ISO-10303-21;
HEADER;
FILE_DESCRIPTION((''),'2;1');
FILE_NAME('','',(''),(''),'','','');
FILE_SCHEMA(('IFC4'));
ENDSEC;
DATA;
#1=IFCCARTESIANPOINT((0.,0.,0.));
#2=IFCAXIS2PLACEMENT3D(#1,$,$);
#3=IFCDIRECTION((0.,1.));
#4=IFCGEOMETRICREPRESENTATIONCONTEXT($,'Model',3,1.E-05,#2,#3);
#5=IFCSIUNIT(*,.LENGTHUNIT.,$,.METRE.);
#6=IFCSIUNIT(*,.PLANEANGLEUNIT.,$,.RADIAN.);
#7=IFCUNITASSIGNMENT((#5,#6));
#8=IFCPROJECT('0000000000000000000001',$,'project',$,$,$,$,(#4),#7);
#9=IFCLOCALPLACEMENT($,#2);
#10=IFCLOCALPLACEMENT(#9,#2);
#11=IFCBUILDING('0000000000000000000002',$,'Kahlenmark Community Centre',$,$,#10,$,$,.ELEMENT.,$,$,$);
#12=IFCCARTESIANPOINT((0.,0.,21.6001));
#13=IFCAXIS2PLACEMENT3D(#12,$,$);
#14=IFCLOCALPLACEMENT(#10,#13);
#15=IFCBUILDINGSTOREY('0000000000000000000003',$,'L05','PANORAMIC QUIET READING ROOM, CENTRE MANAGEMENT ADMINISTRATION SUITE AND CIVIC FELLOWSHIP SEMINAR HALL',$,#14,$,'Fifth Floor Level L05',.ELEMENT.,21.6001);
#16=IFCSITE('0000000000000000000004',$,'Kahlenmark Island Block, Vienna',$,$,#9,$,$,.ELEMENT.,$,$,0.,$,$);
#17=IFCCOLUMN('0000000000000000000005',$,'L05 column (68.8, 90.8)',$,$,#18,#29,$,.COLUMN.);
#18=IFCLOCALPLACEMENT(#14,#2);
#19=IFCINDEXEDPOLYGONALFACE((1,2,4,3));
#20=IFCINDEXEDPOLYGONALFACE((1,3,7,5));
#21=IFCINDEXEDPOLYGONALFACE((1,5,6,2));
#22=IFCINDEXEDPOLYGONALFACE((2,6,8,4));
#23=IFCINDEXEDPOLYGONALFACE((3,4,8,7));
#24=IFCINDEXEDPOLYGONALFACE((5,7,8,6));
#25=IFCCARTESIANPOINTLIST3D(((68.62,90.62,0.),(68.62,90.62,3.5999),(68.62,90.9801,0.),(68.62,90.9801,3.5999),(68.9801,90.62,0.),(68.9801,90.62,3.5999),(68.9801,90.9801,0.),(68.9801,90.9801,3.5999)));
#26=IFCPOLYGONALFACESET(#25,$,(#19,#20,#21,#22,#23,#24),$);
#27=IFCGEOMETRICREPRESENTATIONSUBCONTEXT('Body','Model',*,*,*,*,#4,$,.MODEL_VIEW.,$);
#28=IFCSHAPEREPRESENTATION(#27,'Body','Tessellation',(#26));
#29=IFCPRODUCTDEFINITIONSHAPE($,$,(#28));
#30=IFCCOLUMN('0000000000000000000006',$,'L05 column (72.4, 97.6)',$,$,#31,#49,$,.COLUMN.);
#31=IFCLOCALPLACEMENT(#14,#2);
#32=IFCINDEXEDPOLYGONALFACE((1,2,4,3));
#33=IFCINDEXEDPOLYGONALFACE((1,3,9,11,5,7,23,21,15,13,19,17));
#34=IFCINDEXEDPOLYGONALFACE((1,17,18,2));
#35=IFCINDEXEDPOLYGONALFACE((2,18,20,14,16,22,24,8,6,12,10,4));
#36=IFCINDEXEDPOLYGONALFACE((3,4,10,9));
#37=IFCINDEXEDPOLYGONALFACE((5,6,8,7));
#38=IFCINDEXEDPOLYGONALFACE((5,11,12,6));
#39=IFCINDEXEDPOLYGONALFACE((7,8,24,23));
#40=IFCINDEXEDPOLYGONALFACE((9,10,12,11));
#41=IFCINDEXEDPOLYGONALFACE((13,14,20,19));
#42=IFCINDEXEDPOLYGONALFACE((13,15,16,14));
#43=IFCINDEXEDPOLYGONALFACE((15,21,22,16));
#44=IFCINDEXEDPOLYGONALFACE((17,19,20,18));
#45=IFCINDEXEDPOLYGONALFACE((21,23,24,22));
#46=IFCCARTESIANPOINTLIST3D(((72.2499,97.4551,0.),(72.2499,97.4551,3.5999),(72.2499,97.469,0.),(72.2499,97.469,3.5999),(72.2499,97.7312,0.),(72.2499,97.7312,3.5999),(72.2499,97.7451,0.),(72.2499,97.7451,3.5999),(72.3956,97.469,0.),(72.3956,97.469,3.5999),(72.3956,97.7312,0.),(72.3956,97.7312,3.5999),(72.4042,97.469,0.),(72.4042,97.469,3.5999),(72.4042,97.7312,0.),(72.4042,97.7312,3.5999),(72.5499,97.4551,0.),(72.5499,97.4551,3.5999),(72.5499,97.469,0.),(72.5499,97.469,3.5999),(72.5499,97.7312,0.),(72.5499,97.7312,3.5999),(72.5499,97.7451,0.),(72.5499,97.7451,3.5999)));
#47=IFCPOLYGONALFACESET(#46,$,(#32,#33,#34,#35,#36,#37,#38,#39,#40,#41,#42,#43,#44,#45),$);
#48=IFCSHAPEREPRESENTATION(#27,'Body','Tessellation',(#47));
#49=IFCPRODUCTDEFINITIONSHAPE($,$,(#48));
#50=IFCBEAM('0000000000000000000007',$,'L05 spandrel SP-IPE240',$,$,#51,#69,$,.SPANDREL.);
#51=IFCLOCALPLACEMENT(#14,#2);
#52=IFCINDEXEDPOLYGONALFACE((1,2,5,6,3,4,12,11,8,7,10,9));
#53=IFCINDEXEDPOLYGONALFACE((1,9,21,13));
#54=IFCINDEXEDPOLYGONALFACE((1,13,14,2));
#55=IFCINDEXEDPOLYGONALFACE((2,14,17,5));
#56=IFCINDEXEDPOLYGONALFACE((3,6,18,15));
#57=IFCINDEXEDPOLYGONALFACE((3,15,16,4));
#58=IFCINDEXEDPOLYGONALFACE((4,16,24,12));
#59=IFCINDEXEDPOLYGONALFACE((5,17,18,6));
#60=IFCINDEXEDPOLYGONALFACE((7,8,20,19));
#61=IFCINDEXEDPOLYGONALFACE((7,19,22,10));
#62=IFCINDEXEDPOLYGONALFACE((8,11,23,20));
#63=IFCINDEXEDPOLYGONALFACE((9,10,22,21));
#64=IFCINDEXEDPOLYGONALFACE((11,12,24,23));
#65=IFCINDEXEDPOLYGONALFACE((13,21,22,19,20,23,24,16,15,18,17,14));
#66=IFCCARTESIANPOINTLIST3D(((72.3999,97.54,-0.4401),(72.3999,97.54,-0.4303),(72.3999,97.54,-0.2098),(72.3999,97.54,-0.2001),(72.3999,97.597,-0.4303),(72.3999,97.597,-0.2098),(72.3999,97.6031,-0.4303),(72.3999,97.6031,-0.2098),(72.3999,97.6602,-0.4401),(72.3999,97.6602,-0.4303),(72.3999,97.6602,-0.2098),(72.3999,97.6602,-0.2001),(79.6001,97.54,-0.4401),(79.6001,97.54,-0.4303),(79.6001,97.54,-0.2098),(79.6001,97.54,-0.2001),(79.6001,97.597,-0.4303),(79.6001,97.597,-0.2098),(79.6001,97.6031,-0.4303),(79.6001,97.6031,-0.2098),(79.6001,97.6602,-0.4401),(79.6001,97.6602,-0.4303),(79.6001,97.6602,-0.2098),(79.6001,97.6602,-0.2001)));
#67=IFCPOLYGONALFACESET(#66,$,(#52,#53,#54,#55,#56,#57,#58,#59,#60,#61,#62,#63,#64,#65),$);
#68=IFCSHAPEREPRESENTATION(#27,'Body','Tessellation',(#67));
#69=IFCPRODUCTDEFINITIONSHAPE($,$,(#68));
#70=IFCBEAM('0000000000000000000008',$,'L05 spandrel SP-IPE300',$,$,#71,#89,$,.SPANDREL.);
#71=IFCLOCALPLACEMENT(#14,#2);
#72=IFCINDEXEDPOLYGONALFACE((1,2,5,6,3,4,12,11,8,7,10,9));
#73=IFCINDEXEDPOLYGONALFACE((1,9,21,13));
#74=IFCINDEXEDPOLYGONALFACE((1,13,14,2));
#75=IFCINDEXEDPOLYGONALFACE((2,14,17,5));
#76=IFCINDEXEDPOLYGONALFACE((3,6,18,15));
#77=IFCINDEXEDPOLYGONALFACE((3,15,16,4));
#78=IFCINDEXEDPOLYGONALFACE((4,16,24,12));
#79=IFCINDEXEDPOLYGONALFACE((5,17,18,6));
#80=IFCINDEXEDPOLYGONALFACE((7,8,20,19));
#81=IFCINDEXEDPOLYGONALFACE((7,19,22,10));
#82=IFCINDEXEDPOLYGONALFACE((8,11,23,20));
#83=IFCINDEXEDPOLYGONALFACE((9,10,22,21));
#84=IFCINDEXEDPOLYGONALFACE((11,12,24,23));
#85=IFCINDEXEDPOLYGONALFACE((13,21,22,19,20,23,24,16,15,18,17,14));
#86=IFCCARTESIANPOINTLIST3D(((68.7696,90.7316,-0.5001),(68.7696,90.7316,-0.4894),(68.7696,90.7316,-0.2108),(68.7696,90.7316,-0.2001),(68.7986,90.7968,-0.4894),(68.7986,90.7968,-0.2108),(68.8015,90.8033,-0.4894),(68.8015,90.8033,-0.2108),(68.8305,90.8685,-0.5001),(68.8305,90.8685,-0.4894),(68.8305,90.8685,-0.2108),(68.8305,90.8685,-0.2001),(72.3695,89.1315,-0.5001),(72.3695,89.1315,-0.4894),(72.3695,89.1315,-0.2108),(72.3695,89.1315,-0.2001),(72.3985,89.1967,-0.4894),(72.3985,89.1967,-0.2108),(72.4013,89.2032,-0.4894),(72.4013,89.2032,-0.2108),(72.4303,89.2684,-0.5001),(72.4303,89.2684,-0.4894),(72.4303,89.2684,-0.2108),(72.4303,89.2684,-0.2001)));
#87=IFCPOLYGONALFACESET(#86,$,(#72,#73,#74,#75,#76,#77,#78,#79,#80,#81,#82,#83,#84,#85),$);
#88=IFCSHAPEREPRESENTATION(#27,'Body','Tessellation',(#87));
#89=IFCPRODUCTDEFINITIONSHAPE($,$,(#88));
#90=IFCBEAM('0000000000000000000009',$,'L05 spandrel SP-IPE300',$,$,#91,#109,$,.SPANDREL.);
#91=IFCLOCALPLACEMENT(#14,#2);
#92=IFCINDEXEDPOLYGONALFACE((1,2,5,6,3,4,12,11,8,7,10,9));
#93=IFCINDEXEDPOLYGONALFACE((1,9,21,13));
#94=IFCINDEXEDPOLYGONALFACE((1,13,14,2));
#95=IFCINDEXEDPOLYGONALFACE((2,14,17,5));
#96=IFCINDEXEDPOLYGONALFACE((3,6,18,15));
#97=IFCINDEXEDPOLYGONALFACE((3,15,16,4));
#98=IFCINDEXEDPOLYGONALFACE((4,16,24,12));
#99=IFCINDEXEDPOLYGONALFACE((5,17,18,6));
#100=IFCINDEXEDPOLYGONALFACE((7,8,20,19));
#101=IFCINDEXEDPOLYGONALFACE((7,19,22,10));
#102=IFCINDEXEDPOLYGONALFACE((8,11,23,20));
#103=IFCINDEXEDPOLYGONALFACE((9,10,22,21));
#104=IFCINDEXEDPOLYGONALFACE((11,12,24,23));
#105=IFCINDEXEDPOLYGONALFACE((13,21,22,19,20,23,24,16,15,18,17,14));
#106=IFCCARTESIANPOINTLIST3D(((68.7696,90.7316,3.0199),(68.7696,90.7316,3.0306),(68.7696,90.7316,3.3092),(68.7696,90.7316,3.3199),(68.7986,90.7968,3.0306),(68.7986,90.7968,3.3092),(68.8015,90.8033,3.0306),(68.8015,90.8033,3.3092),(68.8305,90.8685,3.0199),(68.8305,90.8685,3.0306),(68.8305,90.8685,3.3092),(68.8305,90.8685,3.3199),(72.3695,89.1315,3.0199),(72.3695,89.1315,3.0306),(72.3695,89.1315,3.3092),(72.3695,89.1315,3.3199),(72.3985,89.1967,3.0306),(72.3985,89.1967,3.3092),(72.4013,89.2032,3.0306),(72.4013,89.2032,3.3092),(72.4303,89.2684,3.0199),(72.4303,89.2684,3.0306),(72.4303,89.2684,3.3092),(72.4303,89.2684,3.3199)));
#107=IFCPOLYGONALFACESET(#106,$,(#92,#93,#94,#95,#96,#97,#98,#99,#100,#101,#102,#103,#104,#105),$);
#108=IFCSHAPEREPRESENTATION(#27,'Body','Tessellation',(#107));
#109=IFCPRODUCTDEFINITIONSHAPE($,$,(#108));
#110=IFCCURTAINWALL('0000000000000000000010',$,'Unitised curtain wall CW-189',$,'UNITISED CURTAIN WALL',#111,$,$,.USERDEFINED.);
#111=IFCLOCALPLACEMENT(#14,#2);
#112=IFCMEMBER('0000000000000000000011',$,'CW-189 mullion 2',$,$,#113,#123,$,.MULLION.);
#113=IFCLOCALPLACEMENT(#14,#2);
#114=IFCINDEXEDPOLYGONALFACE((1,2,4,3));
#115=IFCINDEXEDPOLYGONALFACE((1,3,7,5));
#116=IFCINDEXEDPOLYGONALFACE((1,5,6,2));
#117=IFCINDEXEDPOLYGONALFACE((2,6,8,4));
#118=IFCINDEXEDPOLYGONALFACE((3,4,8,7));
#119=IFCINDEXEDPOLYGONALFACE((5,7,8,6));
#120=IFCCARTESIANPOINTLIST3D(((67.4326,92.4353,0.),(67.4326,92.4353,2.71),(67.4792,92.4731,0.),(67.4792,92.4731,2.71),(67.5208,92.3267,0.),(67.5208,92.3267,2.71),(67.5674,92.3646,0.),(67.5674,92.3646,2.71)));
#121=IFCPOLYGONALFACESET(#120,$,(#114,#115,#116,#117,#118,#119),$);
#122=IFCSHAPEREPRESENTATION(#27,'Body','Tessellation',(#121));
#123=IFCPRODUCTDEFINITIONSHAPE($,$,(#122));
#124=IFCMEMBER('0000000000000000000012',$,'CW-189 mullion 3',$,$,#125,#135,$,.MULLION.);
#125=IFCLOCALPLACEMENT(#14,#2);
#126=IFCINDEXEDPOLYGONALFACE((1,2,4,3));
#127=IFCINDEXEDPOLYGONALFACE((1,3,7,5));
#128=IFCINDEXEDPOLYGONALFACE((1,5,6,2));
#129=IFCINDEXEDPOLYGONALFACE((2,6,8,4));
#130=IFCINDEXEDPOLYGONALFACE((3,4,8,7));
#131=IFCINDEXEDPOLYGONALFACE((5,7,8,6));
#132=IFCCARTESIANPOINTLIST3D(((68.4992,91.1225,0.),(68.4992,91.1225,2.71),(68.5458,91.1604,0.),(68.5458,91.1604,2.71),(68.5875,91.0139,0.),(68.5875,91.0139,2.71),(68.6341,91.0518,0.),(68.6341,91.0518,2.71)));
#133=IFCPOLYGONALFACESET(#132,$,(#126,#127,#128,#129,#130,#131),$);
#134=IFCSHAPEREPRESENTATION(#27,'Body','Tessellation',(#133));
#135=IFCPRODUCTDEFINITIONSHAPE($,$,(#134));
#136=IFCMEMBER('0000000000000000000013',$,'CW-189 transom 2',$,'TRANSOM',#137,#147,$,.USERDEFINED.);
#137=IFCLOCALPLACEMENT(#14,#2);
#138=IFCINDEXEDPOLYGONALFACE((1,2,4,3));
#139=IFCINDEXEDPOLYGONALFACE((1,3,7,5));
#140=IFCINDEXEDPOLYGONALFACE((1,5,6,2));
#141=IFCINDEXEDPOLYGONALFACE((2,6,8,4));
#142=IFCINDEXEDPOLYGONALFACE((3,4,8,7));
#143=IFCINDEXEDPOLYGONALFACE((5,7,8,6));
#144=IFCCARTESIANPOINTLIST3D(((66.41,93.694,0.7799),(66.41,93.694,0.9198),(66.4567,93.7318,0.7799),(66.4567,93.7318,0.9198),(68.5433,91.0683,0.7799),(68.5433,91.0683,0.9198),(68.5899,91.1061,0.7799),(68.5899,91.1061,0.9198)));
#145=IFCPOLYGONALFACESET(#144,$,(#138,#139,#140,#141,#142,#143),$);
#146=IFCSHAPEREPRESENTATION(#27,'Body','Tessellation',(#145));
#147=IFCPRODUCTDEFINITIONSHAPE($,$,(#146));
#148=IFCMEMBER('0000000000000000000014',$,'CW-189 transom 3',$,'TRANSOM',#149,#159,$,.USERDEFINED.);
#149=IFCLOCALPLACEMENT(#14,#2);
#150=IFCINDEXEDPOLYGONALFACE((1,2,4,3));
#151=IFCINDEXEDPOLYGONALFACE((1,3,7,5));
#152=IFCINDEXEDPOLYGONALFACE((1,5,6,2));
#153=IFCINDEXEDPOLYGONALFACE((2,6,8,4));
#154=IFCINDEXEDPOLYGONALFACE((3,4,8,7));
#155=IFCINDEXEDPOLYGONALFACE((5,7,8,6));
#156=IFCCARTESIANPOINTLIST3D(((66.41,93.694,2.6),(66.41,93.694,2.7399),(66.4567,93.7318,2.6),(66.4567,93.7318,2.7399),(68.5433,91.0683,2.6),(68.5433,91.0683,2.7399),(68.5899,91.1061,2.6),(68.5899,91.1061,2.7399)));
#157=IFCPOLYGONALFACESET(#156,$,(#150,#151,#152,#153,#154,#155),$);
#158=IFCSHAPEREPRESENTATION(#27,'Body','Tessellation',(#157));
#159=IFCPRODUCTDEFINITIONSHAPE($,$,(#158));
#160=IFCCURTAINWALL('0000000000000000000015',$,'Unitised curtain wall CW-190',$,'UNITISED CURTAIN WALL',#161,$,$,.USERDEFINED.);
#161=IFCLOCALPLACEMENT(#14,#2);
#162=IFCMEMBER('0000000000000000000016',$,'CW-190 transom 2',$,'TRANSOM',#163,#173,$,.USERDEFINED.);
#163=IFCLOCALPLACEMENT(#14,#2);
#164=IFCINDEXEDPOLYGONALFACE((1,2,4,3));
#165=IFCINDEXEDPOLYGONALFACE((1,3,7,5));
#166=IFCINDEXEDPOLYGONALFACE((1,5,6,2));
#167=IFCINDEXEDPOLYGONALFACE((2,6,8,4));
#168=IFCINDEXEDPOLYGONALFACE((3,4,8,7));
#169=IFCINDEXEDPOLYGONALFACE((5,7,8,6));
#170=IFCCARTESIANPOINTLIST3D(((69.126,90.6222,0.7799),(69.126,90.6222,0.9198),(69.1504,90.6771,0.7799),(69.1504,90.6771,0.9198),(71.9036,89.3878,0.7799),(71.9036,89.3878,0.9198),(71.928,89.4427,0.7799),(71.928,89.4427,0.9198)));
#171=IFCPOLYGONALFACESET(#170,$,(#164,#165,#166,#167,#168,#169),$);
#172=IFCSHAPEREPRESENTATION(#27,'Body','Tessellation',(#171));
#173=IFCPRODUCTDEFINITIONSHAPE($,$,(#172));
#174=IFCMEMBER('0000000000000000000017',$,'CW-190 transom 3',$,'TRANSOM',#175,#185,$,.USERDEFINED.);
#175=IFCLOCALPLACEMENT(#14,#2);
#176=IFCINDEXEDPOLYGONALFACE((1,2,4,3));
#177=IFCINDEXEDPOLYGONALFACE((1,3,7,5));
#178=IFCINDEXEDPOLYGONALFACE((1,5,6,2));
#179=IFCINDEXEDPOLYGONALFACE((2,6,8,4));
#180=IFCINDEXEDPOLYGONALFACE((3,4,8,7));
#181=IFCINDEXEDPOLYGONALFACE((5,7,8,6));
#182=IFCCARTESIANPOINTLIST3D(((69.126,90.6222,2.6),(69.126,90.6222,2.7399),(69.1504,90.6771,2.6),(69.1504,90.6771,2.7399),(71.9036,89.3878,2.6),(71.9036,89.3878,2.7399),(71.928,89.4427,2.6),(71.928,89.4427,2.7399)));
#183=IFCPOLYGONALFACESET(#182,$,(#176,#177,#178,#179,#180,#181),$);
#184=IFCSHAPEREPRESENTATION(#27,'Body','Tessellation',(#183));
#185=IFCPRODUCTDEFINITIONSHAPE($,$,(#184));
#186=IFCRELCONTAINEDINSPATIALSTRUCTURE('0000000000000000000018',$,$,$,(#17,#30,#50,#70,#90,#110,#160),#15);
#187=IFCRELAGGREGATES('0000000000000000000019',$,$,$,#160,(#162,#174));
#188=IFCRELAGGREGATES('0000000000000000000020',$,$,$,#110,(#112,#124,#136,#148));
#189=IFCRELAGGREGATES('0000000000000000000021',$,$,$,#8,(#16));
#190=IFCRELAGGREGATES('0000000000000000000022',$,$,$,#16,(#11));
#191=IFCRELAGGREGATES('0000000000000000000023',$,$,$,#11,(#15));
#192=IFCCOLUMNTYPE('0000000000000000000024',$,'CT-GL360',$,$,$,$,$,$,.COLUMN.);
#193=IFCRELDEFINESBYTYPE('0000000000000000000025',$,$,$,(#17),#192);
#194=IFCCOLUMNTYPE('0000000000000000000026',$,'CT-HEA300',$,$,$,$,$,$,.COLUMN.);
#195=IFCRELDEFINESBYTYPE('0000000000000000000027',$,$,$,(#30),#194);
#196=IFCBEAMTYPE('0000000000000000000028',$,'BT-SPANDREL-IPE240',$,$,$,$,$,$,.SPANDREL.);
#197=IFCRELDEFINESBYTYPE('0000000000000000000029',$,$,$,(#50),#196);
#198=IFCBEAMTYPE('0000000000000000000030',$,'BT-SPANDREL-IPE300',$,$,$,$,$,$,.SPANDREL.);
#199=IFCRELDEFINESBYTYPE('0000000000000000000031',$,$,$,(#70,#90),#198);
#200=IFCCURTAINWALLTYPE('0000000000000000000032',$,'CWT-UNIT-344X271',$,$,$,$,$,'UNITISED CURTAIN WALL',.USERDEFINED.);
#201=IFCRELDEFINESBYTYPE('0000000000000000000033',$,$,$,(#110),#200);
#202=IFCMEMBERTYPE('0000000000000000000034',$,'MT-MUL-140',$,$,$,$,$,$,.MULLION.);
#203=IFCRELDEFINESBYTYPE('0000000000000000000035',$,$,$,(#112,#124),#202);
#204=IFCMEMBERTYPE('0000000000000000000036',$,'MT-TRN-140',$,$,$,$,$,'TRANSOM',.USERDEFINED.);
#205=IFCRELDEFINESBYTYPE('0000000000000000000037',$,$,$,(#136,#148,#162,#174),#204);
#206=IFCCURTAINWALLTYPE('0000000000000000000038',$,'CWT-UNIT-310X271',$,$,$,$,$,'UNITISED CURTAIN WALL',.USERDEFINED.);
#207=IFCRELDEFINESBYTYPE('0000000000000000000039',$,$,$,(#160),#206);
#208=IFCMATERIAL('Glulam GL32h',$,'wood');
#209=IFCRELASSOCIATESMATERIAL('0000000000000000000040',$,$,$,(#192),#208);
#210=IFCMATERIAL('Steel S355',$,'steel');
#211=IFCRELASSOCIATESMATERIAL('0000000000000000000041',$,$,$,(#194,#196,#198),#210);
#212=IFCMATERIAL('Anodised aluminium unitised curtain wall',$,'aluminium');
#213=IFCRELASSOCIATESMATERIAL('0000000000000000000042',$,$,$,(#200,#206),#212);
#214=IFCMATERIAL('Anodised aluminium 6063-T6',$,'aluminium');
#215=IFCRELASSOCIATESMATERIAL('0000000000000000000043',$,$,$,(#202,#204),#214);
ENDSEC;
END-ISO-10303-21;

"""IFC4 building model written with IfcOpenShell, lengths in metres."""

from ifc_helpers import new_model, si_unit, direction, frame, origin, origin_2d, place, context, subcontext, project, spatial, rectangle, i_section, extrude, material, material_profile, profile_set, type_object, element, aggregate, save


model = new_model("IFC4")

# Units and contexts
model_context = context("Model", 3, precision=1e-05, world=origin(), true_north=direction((0.0, 1.0)))
body_context = subcontext(model_context, "Body", "Model", "MODEL_VIEW")
ifc_project = project(units=[si_unit("LENGTHUNIT", "METRE"), si_unit("PLANEANGLEUNIT", "RADIAN")], contexts=[model_context])

# Site, building, storey
site_placement = place(None, origin())
site = spatial("IfcSite", under=ifc_project, at=site_placement, Name="Kahlenmark Island Block, Vienna", CompositionType="ELEMENT", RefElevation=0.0)
building_placement = place(site_placement, origin())
building = spatial("IfcBuilding", under=site, at=building_placement, Name="Kahlenmark Community Centre", CompositionType="ELEMENT")
storey_placement = place(building_placement, frame((0.0, 0.0, 21.6001)))
storey = spatial("IfcBuildingStorey", under=building, at=storey_placement, Name="L05", Description="PANORAMIC QUIET READING ROOM, CENTRE MANAGEMENT ADMINISTRATION SUITE AND CIVIC FELLOWSHIP SEMINAR HALL", LongName="Fifth Floor Level L05", CompositionType="ELEMENT", Elevation=21.6001)

# Columns
ifc_material_1 = material(Name="Glulam GL32h", Category="wood")
ifc_material_profile_1 = material_profile(ifc_material_1, rectangle(XDim=0.3601, YDim=0.3601, at=origin_2d()), Name="GL32h 360x360")
ifc_profile_set_1 = profile_set([ifc_material_profile_1], Name="Glulam GL32h")
column_type_1 = type_object("IfcColumnType", Name="CT-GL360", PredefinedType="COLUMN", material=ifc_profile_set_1)
column_1_placement = place(storey_placement, frame((68.8, 90.8, 0.0), z_axis=(0.0, 0.0, 1.0), x_axis=(1.0, 0.0, 0.0)))
element("IfcColumn", 1, at=column_1_placement, inside=storey, type_object=column_type_1, Name="L05 column (68.8, 90.8)", PredefinedType="COLUMN", context=body_context, shape_type="SweptSolid", body=[
    extrude(rectangle(XDim=0.3601, YDim=0.3601, at=origin_2d()), origin(), (0.0, 0.0, 1.0), 3.5999),
])
ifc_material_2 = material(Name="Steel S355", Category="steel")
ifc_material_profile_2 = material_profile(ifc_material_2, i_section(OverallWidth=0.3, OverallDepth=0.29, WebThickness=0.0085, FlangeThickness=0.0139, at=origin_2d()), Name="HEA 300")
ifc_profile_set_2 = profile_set([ifc_material_profile_2], Name="Steel S355")
column_type_2 = type_object("IfcColumnType", Name="CT-HEA300", PredefinedType="COLUMN", material=ifc_profile_set_2)
column_2_placement = place(storey_placement, frame((72.3999, 97.6001, 0.0), z_axis=(0.0, 0.0, 1.0), x_axis=(1.0, 0.0, 0.0)))
element("IfcColumn", 2, at=column_2_placement, inside=storey, type_object=column_type_2, Name="L05 column (72.4, 97.6)", PredefinedType="COLUMN", context=body_context, shape_type="SweptSolid", body=[
    extrude(i_section(OverallWidth=0.3, OverallDepth=0.29, WebThickness=0.0085, FlangeThickness=0.0139, at=origin_2d()), origin(), (0.0, 0.0, 1.0), 3.5999),
])

# Beams
ifc_material_profile_3 = material_profile(ifc_material_2, i_section(OverallWidth=0.1201, OverallDepth=0.24, WebThickness=0.0061, FlangeThickness=0.0098, at=origin_2d()), Name="IPE 240")
ifc_profile_set_3 = profile_set([ifc_material_profile_3], Name="Steel S355")
beam_type_1 = type_object("IfcBeamType", Name="BT-SPANDREL-IPE240", PredefinedType="SPANDREL", material=ifc_profile_set_3)
beam_placement = place(storey_placement, frame((72.3999, 97.6001, -0.3201), z_axis=(1.0, 0.0, 0.0), x_axis=(0.0, 1.0, 0.0)))
element("IfcBeam", 3, at=beam_placement, inside=storey, type_object=beam_type_1, Name="L05 spandrel SP-IPE240", PredefinedType="SPANDREL", context=body_context, shape_type="SweptSolid", body=[
    extrude(i_section(OverallWidth=0.1201, OverallDepth=0.24, WebThickness=0.0061, FlangeThickness=0.0098, at=origin_2d()), origin(), (0.0, 0.0, 1.0), 7.2002),
])
ifc_material_profile_4 = material_profile(ifc_material_2, i_section(OverallWidth=0.1499, OverallDepth=0.3, WebThickness=0.0071, FlangeThickness=0.0107, at=origin_2d()), Name="IPE 300")
ifc_profile_set_4 = profile_set([ifc_material_profile_4], Name="Steel S355")
beam_type_2 = type_object("IfcBeamType", Name="BT-SPANDREL-IPE300", PredefinedType="SPANDREL", material=ifc_profile_set_4)
for number, where, z_axis, x_axis, name in (
    (4, (68.8, 90.8, -0.3501), (0.913796, -0.406173, 0.0), (0.406173, 0.913796, 0.0), "L05 spandrel SP-IPE300"),
    (5, (68.8, 90.8, 3.1699), (0.913796, -0.406173, 0.0), (0.406173, 0.913796, 0.0), "L05 spandrel SP-IPE300"),
):
    element("IfcBeam", number, at=place(storey_placement, frame(where, z_axis=z_axis, x_axis=x_axis)), inside=storey, type_object=beam_type_2, Name=name, PredefinedType="SPANDREL", context=body_context, shape_type="SweptSolid", body=[
        extrude(i_section(OverallWidth=0.1499, OverallDepth=0.3, WebThickness=0.0071, FlangeThickness=0.0107, at=origin_2d()), origin(), (0.0, 0.0, 1.0), 3.9395),
    ])

# Curtain walls, members
ifc_material_3 = material(Name="Anodised aluminium unitised curtain wall", Category="aluminium")
curtain_wall_type_1 = type_object("IfcCurtainWallType", Name="CWT-UNIT-344X271", ElementType="UNITISED CURTAIN WALL", PredefinedType="USERDEFINED", material=ifc_material_3)
curtain_wall_1_placement = place(storey_placement, origin())
curtain_wall_1 = element("IfcCurtainWall", 6, at=curtain_wall_1_placement, inside=storey, type_object=curtain_wall_type_1, Name="Unitised curtain wall CW-189", ObjectType="UNITISED CURTAIN WALL", PredefinedType="USERDEFINED")
ifc_material_4 = material(Name="Anodised aluminium 6063-T6", Category="aluminium")
ifc_material_profile_5 = material_profile(ifc_material_4, rectangle(XDim=0.0601, YDim=0.1399, at=origin_2d()), Name="ALU MULLION 60x140")
ifc_profile_set_5 = profile_set([ifc_material_profile_5], Name="Anodised aluminium 6063-T6")
member_type_1 = type_object("IfcMemberType", Name="MT-MUL-140", PredefinedType="MULLION", material=ifc_profile_set_5)
member_1_placement = place(storey_placement, frame((67.5, 92.3999, 0.0), z_axis=(0.0, 0.0, 1.0), x_axis=(0.776109, 0.630599, 0.0)))
member_1 = element("IfcMember", 7, at=member_1_placement, type_object=member_type_1, Name="CW-189 mullion 2", PredefinedType="MULLION", context=body_context, shape_type="SweptSolid", body=[
    extrude(rectangle(XDim=0.0601, YDim=0.1399, at=origin_2d()), origin(), (0.0, 0.0, 1.0), 2.71),
])
member_2_placement = place(storey_placement, frame((68.5667, 91.0872, 0.0), z_axis=(0.0, 0.0, 1.0), x_axis=(0.776109, 0.630599, 0.0)))
member_2 = element("IfcMember", 8, at=member_2_placement, type_object=member_type_1, Name="CW-189 mullion 3", PredefinedType="MULLION", context=body_context, shape_type="SweptSolid", body=[
    extrude(rectangle(XDim=0.0601, YDim=0.1399, at=origin_2d()), origin(), (0.0, 0.0, 1.0), 2.71),
])
ifc_material_profile_6 = material_profile(ifc_material_4, rectangle(XDim=0.0601, YDim=0.1399, at=origin_2d()), Name="ALU TRANSOM 60x140")
ifc_profile_set_6 = profile_set([ifc_material_profile_6], Name="Anodised aluminium 6063-T6")
member_type_2 = type_object("IfcMemberType", Name="MT-TRN-140", ElementType="TRANSOM", PredefinedType="USERDEFINED", material=ifc_profile_set_6)
member_3_placement = place(storey_placement, frame((66.4333, 93.7129, 0.8499), z_axis=(0.630574, -0.776129, 0.0), x_axis=(0.776129, 0.630574, 0.0)))
member_3 = element("IfcMember", 9, at=member_3_placement, type_object=member_type_2, Name="CW-189 transom 2", ObjectType="TRANSOM", PredefinedType="USERDEFINED", context=body_context, shape_type="SweptSolid", body=[
    extrude(rectangle(XDim=0.0601, YDim=0.1399, at=origin_2d()), origin(), (0.0, 0.0, 1.0), 3.3831),
])
member_4_placement = place(storey_placement, frame((66.4333, 93.7129, 2.6699), z_axis=(0.630574, -0.776129, 0.0), x_axis=(0.776129, 0.630574, 0.0)))
member_4 = element("IfcMember", 10, at=member_4_placement, type_object=member_type_2, Name="CW-189 transom 3", ObjectType="TRANSOM", PredefinedType="USERDEFINED", context=body_context, shape_type="SweptSolid", body=[
    extrude(rectangle(XDim=0.0601, YDim=0.1399, at=origin_2d()), origin(), (0.0, 0.0, 1.0), 3.3831),
])
curtain_wall_type_2 = type_object("IfcCurtainWallType", Name="CWT-UNIT-310X271", ElementType="UNITISED CURTAIN WALL", PredefinedType="USERDEFINED", material=ifc_material_3)
curtain_wall_2_placement = place(storey_placement, origin())
curtain_wall_2 = element("IfcCurtainWall", 11, at=curtain_wall_2_placement, inside=storey, type_object=curtain_wall_type_2, Name="Unitised curtain wall CW-190", ObjectType="UNITISED CURTAIN WALL", PredefinedType="USERDEFINED")
member_5_placement = place(storey_placement, frame((69.1382, 90.6497, 0.8499), z_axis=(0.913825, -0.406109, 0.0), x_axis=(0.406109, 0.913825, 0.0)))
member_5 = element("IfcMember", 12, at=member_5_placement, type_object=member_type_2, Name="CW-190 transom 2", ObjectType="TRANSOM", PredefinedType="USERDEFINED", context=body_context, shape_type="SweptSolid", body=[
    extrude(rectangle(XDim=0.0601, YDim=0.1399, at=origin_2d()), origin(), (0.0, 0.0, 1.0), 3.0396),
])
member_6_placement = place(storey_placement, frame((69.1382, 90.6497, 2.6699), z_axis=(0.913825, -0.406109, 0.0), x_axis=(0.406109, 0.913825, 0.0)))
member_6 = element("IfcMember", 13, at=member_6_placement, type_object=member_type_2, Name="CW-190 transom 3", ObjectType="TRANSOM", PredefinedType="USERDEFINED", context=body_context, shape_type="SweptSolid", body=[
    extrude(rectangle(XDim=0.0601, YDim=0.1399, at=origin_2d()), origin(), (0.0, 0.0, 1.0), 3.0396),
])
aggregate(curtain_wall_2, [member_5, member_6])

aggregate(curtain_wall_1, [member_1, member_2, member_3, member_4])

save(model, "model.ifc")
